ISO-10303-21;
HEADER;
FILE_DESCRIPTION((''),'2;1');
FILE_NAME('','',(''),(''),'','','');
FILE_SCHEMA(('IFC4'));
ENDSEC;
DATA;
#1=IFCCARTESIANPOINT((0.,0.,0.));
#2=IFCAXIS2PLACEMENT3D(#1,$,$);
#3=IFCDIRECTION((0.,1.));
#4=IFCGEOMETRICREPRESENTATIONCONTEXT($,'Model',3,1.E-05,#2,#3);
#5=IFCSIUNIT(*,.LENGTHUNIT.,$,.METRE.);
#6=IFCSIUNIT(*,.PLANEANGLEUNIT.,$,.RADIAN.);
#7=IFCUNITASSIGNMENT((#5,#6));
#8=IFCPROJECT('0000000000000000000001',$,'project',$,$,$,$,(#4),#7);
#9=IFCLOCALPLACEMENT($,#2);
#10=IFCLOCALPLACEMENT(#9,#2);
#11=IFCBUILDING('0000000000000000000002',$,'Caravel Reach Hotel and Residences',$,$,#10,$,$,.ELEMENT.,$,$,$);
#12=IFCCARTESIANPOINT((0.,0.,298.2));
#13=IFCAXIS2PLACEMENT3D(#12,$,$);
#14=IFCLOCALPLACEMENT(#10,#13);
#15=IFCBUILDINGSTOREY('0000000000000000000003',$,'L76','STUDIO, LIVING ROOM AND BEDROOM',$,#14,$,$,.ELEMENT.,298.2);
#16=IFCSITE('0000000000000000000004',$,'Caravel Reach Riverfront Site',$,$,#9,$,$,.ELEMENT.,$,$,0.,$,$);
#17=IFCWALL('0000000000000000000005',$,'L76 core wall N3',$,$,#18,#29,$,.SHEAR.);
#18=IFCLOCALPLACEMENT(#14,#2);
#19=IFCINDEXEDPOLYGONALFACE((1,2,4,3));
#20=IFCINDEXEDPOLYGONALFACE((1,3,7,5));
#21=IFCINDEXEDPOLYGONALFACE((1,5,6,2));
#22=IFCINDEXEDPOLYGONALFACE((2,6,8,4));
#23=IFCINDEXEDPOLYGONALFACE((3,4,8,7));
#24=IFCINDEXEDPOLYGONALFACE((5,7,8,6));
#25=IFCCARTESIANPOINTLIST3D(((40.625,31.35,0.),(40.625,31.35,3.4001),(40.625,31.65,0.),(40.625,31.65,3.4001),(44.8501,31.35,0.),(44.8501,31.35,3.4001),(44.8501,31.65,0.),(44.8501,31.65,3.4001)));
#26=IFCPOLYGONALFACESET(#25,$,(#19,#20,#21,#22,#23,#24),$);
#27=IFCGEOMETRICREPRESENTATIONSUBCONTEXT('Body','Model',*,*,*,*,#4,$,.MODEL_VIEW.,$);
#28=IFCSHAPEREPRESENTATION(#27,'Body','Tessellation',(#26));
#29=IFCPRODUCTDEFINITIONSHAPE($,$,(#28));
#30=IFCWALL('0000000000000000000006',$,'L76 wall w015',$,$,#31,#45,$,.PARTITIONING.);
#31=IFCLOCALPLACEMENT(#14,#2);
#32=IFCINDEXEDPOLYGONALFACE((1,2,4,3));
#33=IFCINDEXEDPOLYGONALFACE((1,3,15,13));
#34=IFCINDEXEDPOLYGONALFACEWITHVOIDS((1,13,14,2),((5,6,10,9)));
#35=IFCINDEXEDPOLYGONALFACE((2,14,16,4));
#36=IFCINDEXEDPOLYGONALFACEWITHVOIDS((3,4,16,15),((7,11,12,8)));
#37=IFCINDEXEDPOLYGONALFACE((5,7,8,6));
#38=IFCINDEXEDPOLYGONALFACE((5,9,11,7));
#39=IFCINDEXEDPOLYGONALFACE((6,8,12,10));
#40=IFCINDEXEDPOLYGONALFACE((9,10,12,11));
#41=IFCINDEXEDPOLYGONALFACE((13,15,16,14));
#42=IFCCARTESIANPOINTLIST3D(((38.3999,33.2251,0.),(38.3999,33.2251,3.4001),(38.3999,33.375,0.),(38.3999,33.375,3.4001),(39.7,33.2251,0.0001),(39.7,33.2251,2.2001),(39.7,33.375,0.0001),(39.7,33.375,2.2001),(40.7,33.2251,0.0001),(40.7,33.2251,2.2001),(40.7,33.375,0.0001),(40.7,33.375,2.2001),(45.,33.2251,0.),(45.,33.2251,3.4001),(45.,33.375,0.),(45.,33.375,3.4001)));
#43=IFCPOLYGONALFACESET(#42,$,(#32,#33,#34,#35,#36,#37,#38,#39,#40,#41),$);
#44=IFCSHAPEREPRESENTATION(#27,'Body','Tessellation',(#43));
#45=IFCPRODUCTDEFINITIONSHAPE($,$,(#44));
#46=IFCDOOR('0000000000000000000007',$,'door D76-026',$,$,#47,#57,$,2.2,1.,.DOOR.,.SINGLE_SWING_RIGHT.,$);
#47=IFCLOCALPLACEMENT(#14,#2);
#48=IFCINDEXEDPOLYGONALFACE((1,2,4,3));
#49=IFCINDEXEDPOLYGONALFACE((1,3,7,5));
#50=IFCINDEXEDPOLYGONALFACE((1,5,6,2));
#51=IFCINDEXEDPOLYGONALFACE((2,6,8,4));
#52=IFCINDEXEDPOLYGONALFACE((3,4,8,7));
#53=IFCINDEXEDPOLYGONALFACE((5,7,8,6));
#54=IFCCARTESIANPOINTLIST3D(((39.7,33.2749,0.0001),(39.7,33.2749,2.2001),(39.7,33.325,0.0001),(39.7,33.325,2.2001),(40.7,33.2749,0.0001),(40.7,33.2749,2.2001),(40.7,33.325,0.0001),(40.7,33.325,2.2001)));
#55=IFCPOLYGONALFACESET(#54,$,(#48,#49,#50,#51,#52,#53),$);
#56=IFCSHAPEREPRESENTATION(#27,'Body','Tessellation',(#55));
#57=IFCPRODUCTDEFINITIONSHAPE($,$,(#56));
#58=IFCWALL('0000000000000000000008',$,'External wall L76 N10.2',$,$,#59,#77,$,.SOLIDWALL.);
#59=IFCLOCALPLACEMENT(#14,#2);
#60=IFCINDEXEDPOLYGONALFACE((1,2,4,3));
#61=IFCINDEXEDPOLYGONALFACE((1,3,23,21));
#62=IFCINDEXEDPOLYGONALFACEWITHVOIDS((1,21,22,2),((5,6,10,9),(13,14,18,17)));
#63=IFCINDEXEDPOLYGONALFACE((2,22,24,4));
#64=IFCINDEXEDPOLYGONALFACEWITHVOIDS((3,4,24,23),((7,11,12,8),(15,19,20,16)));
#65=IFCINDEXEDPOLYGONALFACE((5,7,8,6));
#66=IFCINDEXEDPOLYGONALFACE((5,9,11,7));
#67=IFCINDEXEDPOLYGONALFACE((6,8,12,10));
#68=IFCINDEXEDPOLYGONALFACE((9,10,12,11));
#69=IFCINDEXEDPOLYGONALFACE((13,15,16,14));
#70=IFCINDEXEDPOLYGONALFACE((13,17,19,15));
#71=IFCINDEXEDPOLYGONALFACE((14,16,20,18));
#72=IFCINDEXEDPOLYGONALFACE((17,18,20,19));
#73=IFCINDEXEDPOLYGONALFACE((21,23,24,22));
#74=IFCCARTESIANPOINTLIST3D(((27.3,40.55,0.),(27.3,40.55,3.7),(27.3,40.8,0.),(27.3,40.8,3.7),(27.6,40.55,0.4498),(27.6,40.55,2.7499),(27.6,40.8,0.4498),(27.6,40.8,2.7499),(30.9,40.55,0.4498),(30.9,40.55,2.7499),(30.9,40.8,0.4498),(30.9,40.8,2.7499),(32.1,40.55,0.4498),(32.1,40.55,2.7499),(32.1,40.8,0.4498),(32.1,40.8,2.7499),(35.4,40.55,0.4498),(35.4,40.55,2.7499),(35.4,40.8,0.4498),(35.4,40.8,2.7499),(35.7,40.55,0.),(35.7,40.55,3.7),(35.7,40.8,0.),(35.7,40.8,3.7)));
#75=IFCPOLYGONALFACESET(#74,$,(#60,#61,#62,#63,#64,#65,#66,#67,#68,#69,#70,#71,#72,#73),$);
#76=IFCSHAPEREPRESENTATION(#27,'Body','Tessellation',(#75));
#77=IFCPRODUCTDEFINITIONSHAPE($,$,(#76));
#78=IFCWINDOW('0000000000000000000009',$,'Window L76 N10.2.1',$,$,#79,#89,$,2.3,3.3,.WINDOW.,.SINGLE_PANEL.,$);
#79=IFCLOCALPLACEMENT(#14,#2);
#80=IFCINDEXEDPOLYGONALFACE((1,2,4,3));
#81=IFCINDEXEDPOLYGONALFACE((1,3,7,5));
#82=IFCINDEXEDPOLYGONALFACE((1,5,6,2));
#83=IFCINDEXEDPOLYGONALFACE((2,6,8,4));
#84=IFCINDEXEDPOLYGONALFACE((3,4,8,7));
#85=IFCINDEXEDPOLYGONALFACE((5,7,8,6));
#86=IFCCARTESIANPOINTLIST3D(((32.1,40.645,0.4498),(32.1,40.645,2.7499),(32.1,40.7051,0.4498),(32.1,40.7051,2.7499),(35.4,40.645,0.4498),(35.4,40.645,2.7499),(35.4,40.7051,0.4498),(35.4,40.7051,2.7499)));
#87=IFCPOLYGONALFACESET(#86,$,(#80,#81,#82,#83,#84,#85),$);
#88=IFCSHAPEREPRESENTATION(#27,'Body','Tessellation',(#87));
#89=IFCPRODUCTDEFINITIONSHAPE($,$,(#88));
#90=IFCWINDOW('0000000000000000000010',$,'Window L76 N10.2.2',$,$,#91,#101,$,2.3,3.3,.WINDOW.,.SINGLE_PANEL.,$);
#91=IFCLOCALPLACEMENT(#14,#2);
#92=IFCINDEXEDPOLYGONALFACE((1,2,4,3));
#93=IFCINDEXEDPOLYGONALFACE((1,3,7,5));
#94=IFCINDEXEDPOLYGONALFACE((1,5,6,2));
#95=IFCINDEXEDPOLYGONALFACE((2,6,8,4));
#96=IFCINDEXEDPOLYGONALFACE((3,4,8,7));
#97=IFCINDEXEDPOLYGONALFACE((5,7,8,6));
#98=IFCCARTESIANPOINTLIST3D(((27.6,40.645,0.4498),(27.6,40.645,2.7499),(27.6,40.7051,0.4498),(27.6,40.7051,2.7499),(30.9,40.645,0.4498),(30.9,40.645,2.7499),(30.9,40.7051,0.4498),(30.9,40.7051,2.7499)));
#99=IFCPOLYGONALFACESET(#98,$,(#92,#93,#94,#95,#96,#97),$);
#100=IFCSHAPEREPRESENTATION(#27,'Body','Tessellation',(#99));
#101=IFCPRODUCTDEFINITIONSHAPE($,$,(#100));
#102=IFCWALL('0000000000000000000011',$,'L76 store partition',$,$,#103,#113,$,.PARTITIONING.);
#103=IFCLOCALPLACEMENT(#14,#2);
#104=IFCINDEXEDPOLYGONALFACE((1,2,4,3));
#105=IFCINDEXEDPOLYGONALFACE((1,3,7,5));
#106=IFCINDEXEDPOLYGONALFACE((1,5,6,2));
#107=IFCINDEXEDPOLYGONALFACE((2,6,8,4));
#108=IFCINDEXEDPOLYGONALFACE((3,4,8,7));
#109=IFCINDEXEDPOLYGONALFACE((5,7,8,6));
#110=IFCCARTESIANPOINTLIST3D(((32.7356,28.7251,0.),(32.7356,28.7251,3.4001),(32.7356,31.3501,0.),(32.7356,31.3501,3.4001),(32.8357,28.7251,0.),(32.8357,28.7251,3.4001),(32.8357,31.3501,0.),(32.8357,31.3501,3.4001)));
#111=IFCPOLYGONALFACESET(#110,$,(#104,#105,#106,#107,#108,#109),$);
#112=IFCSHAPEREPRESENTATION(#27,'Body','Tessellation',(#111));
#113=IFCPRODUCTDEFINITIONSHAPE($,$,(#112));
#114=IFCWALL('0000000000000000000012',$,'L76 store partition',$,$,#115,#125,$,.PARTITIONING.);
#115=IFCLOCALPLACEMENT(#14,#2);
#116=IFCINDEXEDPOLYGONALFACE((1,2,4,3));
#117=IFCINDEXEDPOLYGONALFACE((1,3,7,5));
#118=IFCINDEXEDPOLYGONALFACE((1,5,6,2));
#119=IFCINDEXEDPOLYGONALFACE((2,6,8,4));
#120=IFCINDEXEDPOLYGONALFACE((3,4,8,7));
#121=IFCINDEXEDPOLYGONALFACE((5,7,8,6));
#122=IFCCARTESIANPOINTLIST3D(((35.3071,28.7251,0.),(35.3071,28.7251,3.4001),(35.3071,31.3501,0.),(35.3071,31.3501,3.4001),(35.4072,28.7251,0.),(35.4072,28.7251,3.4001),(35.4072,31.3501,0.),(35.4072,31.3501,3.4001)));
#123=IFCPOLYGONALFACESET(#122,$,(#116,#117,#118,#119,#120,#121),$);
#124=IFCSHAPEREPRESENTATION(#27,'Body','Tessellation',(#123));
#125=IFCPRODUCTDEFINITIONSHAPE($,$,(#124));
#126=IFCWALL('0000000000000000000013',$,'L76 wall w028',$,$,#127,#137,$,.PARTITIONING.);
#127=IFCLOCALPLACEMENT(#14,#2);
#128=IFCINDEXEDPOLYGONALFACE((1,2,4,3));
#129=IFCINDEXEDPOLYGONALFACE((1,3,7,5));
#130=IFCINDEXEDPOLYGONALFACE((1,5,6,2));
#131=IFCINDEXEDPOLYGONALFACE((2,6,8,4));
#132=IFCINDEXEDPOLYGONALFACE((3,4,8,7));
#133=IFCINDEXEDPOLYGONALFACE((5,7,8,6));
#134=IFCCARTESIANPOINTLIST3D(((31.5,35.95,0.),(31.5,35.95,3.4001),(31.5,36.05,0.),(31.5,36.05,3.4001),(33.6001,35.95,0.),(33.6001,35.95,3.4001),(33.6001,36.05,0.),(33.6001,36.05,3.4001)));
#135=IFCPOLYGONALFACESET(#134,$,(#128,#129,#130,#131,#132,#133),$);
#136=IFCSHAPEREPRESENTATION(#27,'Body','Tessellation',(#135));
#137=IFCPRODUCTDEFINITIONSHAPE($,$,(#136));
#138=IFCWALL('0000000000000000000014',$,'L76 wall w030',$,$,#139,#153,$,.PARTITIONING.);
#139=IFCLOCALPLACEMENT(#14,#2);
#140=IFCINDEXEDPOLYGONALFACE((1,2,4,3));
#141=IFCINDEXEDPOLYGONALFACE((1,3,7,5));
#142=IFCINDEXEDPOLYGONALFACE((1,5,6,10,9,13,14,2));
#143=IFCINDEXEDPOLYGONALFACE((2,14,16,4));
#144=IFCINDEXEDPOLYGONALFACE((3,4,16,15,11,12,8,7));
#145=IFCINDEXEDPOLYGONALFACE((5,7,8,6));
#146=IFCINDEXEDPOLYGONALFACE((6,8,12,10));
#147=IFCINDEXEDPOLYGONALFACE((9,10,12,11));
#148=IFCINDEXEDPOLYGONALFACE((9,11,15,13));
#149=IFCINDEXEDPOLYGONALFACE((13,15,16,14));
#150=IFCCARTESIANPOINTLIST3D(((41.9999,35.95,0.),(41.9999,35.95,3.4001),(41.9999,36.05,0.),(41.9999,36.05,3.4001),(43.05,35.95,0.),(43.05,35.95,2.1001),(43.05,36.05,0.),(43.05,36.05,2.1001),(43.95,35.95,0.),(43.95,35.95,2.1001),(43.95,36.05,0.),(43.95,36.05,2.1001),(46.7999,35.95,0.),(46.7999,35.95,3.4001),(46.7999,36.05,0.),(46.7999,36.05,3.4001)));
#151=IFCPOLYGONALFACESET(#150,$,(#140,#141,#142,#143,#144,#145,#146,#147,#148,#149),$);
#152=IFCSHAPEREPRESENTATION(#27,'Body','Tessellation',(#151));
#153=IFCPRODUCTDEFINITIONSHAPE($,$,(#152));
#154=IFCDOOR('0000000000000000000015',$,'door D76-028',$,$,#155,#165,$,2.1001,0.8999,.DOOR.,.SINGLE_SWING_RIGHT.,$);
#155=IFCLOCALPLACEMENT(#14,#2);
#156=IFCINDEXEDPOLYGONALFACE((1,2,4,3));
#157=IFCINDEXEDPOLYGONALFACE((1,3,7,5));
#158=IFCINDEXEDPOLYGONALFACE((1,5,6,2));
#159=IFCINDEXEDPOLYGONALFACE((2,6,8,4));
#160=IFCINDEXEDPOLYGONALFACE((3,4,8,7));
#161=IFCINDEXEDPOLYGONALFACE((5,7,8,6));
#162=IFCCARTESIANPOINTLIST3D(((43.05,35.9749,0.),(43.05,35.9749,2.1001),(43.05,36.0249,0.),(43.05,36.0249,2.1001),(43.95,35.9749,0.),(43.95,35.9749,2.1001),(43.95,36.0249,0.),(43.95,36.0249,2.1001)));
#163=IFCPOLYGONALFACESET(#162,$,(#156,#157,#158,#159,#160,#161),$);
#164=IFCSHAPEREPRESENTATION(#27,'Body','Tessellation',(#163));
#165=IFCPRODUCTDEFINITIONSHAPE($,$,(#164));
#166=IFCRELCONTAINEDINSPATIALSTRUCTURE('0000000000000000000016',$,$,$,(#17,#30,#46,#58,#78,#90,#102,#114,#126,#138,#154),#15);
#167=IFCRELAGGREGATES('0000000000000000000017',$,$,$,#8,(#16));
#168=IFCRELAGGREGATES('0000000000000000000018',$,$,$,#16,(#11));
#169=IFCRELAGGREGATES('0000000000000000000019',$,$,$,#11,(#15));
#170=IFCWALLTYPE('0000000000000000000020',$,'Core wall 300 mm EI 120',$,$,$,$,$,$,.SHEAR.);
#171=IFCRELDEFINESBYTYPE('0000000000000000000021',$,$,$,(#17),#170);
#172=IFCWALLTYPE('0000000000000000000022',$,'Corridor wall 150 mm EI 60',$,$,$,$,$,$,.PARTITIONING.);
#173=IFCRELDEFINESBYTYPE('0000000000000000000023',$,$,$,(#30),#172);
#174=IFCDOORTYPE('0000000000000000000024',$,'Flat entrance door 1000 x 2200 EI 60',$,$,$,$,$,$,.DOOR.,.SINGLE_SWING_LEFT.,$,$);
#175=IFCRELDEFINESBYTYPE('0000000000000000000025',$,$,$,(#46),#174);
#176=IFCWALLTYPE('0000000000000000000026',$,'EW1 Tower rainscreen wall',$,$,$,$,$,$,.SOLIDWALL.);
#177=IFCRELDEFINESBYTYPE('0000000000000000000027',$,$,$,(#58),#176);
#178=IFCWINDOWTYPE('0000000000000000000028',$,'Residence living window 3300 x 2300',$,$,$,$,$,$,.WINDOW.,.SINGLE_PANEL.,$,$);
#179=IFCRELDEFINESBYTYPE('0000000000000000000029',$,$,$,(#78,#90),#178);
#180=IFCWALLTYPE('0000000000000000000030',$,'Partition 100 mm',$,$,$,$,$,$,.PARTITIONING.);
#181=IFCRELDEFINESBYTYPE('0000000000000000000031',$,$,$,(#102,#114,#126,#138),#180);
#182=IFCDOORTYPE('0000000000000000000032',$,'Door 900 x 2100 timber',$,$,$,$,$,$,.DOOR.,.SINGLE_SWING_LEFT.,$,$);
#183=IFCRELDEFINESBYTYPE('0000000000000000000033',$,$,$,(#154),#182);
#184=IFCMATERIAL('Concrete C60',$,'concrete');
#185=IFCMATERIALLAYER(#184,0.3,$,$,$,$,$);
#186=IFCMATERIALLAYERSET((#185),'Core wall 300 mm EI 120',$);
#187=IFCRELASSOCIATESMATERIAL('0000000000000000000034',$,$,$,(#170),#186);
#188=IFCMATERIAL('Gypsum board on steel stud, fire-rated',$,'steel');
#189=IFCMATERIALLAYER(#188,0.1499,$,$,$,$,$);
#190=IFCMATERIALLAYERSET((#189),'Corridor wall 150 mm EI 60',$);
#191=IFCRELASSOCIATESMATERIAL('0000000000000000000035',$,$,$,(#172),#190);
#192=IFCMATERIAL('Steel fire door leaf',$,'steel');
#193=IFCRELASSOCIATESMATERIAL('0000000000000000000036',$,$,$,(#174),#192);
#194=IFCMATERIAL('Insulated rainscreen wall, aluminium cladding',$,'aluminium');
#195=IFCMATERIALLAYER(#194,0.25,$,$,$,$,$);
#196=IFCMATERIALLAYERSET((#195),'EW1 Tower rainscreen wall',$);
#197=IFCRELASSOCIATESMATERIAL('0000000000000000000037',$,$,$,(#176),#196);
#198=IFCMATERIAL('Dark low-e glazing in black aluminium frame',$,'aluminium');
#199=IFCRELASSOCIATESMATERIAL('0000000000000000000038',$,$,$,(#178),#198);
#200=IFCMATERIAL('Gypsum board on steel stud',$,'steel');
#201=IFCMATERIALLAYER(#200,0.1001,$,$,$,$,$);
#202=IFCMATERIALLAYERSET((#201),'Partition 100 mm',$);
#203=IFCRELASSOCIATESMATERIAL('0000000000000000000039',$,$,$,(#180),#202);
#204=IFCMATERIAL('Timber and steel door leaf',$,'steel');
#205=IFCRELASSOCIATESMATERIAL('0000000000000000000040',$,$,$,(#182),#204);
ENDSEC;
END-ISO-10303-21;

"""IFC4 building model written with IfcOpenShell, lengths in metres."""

from ifc_helpers import new_model, si_unit, direction, frame, frame_2d, origin, place, context, subcontext, project, spatial, rectangle, extrude, material, layer, layer_set, type_object, element, fill, save


model = new_model("IFC4")

# Units and contexts
model_context = context("Model", 3, precision=1e-05, world=origin(), true_north=direction((0.0, 1.0)))
body_context = subcontext(model_context, "Body", "Model", "MODEL_VIEW")
ifc_project = project(units=[si_unit("LENGTHUNIT", "METRE"), si_unit("PLANEANGLEUNIT", "RADIAN")], contexts=[model_context])

# Site, building, storey
site_placement = place(None, origin())
site = spatial("IfcSite", under=ifc_project, at=site_placement, Name="Caravel Reach Riverfront Site", CompositionType="ELEMENT", RefElevation=0.0)
building_placement = place(site_placement, origin())
building = spatial("IfcBuilding", under=site, at=building_placement, Name="Caravel Reach Hotel and Residences", CompositionType="ELEMENT")
storey_placement = place(building_placement, frame((0.0, 0.0, 298.2)))
storey = spatial("IfcBuildingStorey", under=building, at=storey_placement, Name="L76", Description="STUDIO, LIVING ROOM AND BEDROOM", CompositionType="ELEMENT", Elevation=298.2)

# Wall
ifc_material_1 = material(Name="Concrete C60", Category="concrete")
ifc_layer_1 = layer(ifc_material_1, 0.3)
ifc_layer_set_1 = layer_set([ifc_layer_1], Name="Core wall 300 mm EI 120")
wall_type_1 = type_object("IfcWallType", Name="Core wall 300 mm EI 120", PredefinedType="SHEAR", material=ifc_layer_set_1)
wall_1_placement = place(storey_placement, frame((40.625, 31.5, 0.0), z_axis=(0.0, 0.0, 1.0), x_axis=(1.0, 0.0, 0.0)))
element("IfcWall", 1, at=wall_1_placement, inside=storey, type_object=wall_type_1, Name="L76 core wall N3", PredefinedType="SHEAR", context=body_context, shape_type="SweptSolid", body=[
    extrude(rectangle(XDim=4.2251, YDim=0.3, at=frame_2d((2.1125, 0.0))), origin(), (0.0, 0.0, 1.0), 3.4001),
])

# Wall, opening, door
ifc_material_2 = material(Name="Gypsum board on steel stud, fire-rated", Category="steel")
ifc_layer_2 = layer(ifc_material_2, 0.1499)
ifc_layer_set_2 = layer_set([ifc_layer_2], Name="Corridor wall 150 mm EI 60")
wall_type_2 = type_object("IfcWallType", Name="Corridor wall 150 mm EI 60", PredefinedType="PARTITIONING", material=ifc_layer_set_2)
wall_2_placement = place(storey_placement, frame((38.3999, 33.3, 0.0), z_axis=(0.0, 0.0, 1.0), x_axis=(1.0, 0.0, 0.0)))
wall_2 = element("IfcWall", 2, at=wall_2_placement, inside=storey, type_object=wall_type_2, Name="L76 wall w015", PredefinedType="PARTITIONING", context=body_context, shape_type="SweptSolid", body=[
    extrude(rectangle(XDim=6.6001, YDim=0.1499, at=frame_2d((3.3, 0.0))), origin(), (0.0, 0.0, 1.0), 3.4001),
])
opening_1_placement = place(wall_2_placement, frame((1.3, 0.0, 0.0)))
opening_1 = element("IfcOpeningElement", 3, at=opening_1_placement, cuts=wall_2, PredefinedType="OPENING", context=body_context, shape_type="SweptSolid", body=[
    extrude(rectangle(XDim=1.0, YDim=2.2, at=frame_2d((0.5, 1.1001))), frame((0.0, 0.085, 0.0), z_axis=(0.0, -1.0, 0.0), x_axis=(1.0, 0.0, 0.0)), (0.0, 0.0, 1.0), 0.1699),
])
ifc_material_3 = material(Name="Steel fire door leaf", Category="steel")
door_type_1 = type_object("IfcDoorType", Name="Flat entrance door 1000 x 2200 EI 60", OperationType="SINGLE_SWING_LEFT", PredefinedType="DOOR", material=ifc_material_3)
door_1_placement = place(opening_1_placement, origin())
door_1 = element("IfcDoor", 4, at=door_1_placement, inside=storey, type_object=door_type_1, Name="door D76-026", OperationType="SINGLE_SWING_RIGHT", OverallHeight=2.2, OverallWidth=1.0, PredefinedType="DOOR", context=body_context, shape_type="SweptSolid", body=[
    extrude(rectangle(XDim=1.0, YDim=2.2, at=frame_2d((0.5, 1.1001))), frame((0.0, 0.0249, 0.0), z_axis=(0.0, -1.0, 0.0), x_axis=(1.0, 0.0, 0.0)), (0.0, 0.0, 1.0), 0.05),
])
fill(opening_1, door_1)

# Wall, openings, windows
ifc_material_4 = material(Name="Insulated rainscreen wall, aluminium cladding", Category="aluminium")
ifc_layer_3 = layer(ifc_material_4, 0.25)
ifc_layer_set_3 = layer_set([ifc_layer_3], Name="EW1 Tower rainscreen wall")
wall_type_3 = type_object("IfcWallType", Name="EW1 Tower rainscreen wall", PredefinedType="SOLIDWALL", material=ifc_layer_set_3)
wall_3_placement = place(storey_placement, frame((35.7, 40.675, 0.0), z_axis=(0.0, 0.0, 1.0), x_axis=(-1.0, 0.0, 0.0)))
wall_3 = element("IfcWall", 5, at=wall_3_placement, inside=storey, type_object=wall_type_3, Name="External wall L76 N10.2", PredefinedType="SOLIDWALL", context=body_context, shape_type="SweptSolid", body=[
    extrude(rectangle(XDim=8.3999, YDim=0.25, at=frame_2d((4.2, 0.0))), origin(), (0.0, 0.0, 1.0), 3.7),
])
opening_2_placement = place(wall_3_placement, frame((0.3, 0.0, 0.45)))
opening_2 = element("IfcOpeningElement", 6, at=opening_2_placement, cuts=wall_3, PredefinedType="OPENING", context=body_context, shape_type="SweptSolid", body=[
    extrude(rectangle(XDim=3.3, YDim=2.3, at=frame_2d((1.6499, 1.1499))), frame((0.0, 0.135, 0.0), z_axis=(0.0, -1.0, 0.0), x_axis=(1.0, 0.0, 0.0)), (0.0, 0.0, 1.0), 0.27),
])
opening_3_placement = place(wall_3_placement, frame((4.8, 0.0, 0.45)))
opening_3 = element("IfcOpeningElement", 7, at=opening_3_placement, cuts=wall_3, PredefinedType="OPENING", context=body_context, shape_type="SweptSolid", body=[
    extrude(rectangle(XDim=3.3, YDim=2.3, at=frame_2d((1.6499, 1.1499))), frame((0.0, 0.135, 0.0), z_axis=(0.0, -1.0, 0.0), x_axis=(1.0, 0.0, 0.0)), (0.0, 0.0, 1.0), 0.27),
])
ifc_material_5 = material(Name="Dark low-e glazing in black aluminium frame", Category="aluminium")
window_type = type_object("IfcWindowType", Name="Residence living window 3300 x 2300", PartitioningType="SINGLE_PANEL", PredefinedType="WINDOW", material=ifc_material_5)
window_1_placement = place(opening_2_placement, origin())
window_1 = element("IfcWindow", 8, at=window_1_placement, inside=storey, type_object=window_type, Name="Window L76 N10.2.1", OverallHeight=2.3, OverallWidth=3.3, PartitioningType="SINGLE_PANEL", PredefinedType="WINDOW", context=body_context, shape_type="SweptSolid", body=[
    extrude(rectangle(XDim=3.3, YDim=2.3, at=frame_2d((1.6499, 1.1499))), frame((0.0, 0.03, 0.0), z_axis=(0.0, -1.0, 0.0), x_axis=(1.0, 0.0, 0.0)), (0.0, 0.0, 1.0), 0.0601),
])
fill(opening_2, window_1)
window_2_placement = place(opening_3_placement, origin())
window_2 = element("IfcWindow", 9, at=window_2_placement, inside=storey, type_object=window_type, Name="Window L76 N10.2.2", OverallHeight=2.3, OverallWidth=3.3, PartitioningType="SINGLE_PANEL", PredefinedType="WINDOW", context=body_context, shape_type="SweptSolid", body=[
    extrude(rectangle(XDim=3.3, YDim=2.3, at=frame_2d((1.6499, 1.1499))), frame((0.0, 0.03, 0.0), z_axis=(0.0, -1.0, 0.0), x_axis=(1.0, 0.0, 0.0)), (0.0, 0.0, 1.0), 0.0601),
])
fill(opening_3, window_2)

# Walls
ifc_material_6 = material(Name="Gypsum board on steel stud", Category="steel")
ifc_layer_4 = layer(ifc_material_6, 0.1001)
ifc_layer_set_4 = layer_set([ifc_layer_4], Name="Partition 100 mm")
wall_type_4 = type_object("IfcWallType", Name="Partition 100 mm", PredefinedType="PARTITIONING", material=ifc_layer_set_4)
for number, where, z_axis, x_axis, name in (
    (10, (32.7856, 28.7251, 0.0), (0.0, 0.0, 1.0), (0.0, 1.0, 0.0), "L76 store partition"),
    (11, (35.3572, 28.7251, 0.0), (0.0, 0.0, 1.0), (0.0, 1.0, 0.0), "L76 store partition"),
):
    element("IfcWall", number, at=place(storey_placement, frame(where, z_axis=z_axis, x_axis=x_axis)), inside=storey, type_object=wall_type_4, Name=name, PredefinedType="PARTITIONING", context=body_context, shape_type="SweptSolid", body=[
        extrude(rectangle(XDim=2.625, YDim=0.1001, at=frame_2d((1.3125, 0.0))), origin(), (0.0, 0.0, 1.0), 3.4001),
    ])
wall_4_placement = place(storey_placement, frame((31.5, 36.0, 0.0), z_axis=(0.0, 0.0, 1.0), x_axis=(1.0, 0.0, 0.0)))
element("IfcWall", 12, at=wall_4_placement, inside=storey, type_object=wall_type_4, Name="L76 wall w028", PredefinedType="PARTITIONING", context=body_context, shape_type="SweptSolid", body=[
    extrude(rectangle(XDim=2.1001, YDim=0.1001, at=frame_2d((1.05, 0.0))), origin(), (0.0, 0.0, 1.0), 3.4001),
])

# Wall, opening, door
wall_5_placement = place(storey_placement, frame((42.0, 36.0, 0.0), z_axis=(0.0, 0.0, 1.0), x_axis=(1.0, 0.0, 0.0)))
wall_5 = element("IfcWall", 13, at=wall_5_placement, inside=storey, type_object=wall_type_4, Name="L76 wall w030", PredefinedType="PARTITIONING", context=body_context, shape_type="SweptSolid", body=[
    extrude(rectangle(XDim=4.8, YDim=0.1001, at=frame_2d((2.3999, 0.0))), origin(), (0.0, 0.0, 1.0), 3.4001),
])
opening_4_placement = place(wall_5_placement, frame((1.05, 0.0, 0.0)))
opening_4 = element("IfcOpeningElement", 14, at=opening_4_placement, cuts=wall_5, PredefinedType="OPENING", context=body_context, shape_type="SweptSolid", body=[
    extrude(rectangle(XDim=0.8999, YDim=2.1001, at=frame_2d((0.45, 1.05))), frame((0.0, 0.0601, 0.0), z_axis=(0.0, -1.0, 0.0), x_axis=(1.0, 0.0, 0.0)), (0.0, 0.0, 1.0), 0.1201),
])
ifc_material_7 = material(Name="Timber and steel door leaf", Category="steel")
door_type_2 = type_object("IfcDoorType", Name="Door 900 x 2100 timber", OperationType="SINGLE_SWING_LEFT", PredefinedType="DOOR", material=ifc_material_7)
door_2_placement = place(opening_4_placement, origin())
door_2 = element("IfcDoor", 15, at=door_2_placement, inside=storey, type_object=door_type_2, Name="door D76-028", OperationType="SINGLE_SWING_RIGHT", OverallHeight=2.1001, OverallWidth=0.8999, PredefinedType="DOOR", context=body_context, shape_type="SweptSolid", body=[
    extrude(rectangle(XDim=0.8999, YDim=2.1001, at=frame_2d((0.45, 1.05))), frame((0.0, 0.0249, 0.0), z_axis=(0.0, -1.0, 0.0), x_axis=(1.0, 0.0, 0.0)), (0.0, 0.0, 1.0), 0.05),
])
fill(opening_4, door_2)

save(model, "model.ifc")
